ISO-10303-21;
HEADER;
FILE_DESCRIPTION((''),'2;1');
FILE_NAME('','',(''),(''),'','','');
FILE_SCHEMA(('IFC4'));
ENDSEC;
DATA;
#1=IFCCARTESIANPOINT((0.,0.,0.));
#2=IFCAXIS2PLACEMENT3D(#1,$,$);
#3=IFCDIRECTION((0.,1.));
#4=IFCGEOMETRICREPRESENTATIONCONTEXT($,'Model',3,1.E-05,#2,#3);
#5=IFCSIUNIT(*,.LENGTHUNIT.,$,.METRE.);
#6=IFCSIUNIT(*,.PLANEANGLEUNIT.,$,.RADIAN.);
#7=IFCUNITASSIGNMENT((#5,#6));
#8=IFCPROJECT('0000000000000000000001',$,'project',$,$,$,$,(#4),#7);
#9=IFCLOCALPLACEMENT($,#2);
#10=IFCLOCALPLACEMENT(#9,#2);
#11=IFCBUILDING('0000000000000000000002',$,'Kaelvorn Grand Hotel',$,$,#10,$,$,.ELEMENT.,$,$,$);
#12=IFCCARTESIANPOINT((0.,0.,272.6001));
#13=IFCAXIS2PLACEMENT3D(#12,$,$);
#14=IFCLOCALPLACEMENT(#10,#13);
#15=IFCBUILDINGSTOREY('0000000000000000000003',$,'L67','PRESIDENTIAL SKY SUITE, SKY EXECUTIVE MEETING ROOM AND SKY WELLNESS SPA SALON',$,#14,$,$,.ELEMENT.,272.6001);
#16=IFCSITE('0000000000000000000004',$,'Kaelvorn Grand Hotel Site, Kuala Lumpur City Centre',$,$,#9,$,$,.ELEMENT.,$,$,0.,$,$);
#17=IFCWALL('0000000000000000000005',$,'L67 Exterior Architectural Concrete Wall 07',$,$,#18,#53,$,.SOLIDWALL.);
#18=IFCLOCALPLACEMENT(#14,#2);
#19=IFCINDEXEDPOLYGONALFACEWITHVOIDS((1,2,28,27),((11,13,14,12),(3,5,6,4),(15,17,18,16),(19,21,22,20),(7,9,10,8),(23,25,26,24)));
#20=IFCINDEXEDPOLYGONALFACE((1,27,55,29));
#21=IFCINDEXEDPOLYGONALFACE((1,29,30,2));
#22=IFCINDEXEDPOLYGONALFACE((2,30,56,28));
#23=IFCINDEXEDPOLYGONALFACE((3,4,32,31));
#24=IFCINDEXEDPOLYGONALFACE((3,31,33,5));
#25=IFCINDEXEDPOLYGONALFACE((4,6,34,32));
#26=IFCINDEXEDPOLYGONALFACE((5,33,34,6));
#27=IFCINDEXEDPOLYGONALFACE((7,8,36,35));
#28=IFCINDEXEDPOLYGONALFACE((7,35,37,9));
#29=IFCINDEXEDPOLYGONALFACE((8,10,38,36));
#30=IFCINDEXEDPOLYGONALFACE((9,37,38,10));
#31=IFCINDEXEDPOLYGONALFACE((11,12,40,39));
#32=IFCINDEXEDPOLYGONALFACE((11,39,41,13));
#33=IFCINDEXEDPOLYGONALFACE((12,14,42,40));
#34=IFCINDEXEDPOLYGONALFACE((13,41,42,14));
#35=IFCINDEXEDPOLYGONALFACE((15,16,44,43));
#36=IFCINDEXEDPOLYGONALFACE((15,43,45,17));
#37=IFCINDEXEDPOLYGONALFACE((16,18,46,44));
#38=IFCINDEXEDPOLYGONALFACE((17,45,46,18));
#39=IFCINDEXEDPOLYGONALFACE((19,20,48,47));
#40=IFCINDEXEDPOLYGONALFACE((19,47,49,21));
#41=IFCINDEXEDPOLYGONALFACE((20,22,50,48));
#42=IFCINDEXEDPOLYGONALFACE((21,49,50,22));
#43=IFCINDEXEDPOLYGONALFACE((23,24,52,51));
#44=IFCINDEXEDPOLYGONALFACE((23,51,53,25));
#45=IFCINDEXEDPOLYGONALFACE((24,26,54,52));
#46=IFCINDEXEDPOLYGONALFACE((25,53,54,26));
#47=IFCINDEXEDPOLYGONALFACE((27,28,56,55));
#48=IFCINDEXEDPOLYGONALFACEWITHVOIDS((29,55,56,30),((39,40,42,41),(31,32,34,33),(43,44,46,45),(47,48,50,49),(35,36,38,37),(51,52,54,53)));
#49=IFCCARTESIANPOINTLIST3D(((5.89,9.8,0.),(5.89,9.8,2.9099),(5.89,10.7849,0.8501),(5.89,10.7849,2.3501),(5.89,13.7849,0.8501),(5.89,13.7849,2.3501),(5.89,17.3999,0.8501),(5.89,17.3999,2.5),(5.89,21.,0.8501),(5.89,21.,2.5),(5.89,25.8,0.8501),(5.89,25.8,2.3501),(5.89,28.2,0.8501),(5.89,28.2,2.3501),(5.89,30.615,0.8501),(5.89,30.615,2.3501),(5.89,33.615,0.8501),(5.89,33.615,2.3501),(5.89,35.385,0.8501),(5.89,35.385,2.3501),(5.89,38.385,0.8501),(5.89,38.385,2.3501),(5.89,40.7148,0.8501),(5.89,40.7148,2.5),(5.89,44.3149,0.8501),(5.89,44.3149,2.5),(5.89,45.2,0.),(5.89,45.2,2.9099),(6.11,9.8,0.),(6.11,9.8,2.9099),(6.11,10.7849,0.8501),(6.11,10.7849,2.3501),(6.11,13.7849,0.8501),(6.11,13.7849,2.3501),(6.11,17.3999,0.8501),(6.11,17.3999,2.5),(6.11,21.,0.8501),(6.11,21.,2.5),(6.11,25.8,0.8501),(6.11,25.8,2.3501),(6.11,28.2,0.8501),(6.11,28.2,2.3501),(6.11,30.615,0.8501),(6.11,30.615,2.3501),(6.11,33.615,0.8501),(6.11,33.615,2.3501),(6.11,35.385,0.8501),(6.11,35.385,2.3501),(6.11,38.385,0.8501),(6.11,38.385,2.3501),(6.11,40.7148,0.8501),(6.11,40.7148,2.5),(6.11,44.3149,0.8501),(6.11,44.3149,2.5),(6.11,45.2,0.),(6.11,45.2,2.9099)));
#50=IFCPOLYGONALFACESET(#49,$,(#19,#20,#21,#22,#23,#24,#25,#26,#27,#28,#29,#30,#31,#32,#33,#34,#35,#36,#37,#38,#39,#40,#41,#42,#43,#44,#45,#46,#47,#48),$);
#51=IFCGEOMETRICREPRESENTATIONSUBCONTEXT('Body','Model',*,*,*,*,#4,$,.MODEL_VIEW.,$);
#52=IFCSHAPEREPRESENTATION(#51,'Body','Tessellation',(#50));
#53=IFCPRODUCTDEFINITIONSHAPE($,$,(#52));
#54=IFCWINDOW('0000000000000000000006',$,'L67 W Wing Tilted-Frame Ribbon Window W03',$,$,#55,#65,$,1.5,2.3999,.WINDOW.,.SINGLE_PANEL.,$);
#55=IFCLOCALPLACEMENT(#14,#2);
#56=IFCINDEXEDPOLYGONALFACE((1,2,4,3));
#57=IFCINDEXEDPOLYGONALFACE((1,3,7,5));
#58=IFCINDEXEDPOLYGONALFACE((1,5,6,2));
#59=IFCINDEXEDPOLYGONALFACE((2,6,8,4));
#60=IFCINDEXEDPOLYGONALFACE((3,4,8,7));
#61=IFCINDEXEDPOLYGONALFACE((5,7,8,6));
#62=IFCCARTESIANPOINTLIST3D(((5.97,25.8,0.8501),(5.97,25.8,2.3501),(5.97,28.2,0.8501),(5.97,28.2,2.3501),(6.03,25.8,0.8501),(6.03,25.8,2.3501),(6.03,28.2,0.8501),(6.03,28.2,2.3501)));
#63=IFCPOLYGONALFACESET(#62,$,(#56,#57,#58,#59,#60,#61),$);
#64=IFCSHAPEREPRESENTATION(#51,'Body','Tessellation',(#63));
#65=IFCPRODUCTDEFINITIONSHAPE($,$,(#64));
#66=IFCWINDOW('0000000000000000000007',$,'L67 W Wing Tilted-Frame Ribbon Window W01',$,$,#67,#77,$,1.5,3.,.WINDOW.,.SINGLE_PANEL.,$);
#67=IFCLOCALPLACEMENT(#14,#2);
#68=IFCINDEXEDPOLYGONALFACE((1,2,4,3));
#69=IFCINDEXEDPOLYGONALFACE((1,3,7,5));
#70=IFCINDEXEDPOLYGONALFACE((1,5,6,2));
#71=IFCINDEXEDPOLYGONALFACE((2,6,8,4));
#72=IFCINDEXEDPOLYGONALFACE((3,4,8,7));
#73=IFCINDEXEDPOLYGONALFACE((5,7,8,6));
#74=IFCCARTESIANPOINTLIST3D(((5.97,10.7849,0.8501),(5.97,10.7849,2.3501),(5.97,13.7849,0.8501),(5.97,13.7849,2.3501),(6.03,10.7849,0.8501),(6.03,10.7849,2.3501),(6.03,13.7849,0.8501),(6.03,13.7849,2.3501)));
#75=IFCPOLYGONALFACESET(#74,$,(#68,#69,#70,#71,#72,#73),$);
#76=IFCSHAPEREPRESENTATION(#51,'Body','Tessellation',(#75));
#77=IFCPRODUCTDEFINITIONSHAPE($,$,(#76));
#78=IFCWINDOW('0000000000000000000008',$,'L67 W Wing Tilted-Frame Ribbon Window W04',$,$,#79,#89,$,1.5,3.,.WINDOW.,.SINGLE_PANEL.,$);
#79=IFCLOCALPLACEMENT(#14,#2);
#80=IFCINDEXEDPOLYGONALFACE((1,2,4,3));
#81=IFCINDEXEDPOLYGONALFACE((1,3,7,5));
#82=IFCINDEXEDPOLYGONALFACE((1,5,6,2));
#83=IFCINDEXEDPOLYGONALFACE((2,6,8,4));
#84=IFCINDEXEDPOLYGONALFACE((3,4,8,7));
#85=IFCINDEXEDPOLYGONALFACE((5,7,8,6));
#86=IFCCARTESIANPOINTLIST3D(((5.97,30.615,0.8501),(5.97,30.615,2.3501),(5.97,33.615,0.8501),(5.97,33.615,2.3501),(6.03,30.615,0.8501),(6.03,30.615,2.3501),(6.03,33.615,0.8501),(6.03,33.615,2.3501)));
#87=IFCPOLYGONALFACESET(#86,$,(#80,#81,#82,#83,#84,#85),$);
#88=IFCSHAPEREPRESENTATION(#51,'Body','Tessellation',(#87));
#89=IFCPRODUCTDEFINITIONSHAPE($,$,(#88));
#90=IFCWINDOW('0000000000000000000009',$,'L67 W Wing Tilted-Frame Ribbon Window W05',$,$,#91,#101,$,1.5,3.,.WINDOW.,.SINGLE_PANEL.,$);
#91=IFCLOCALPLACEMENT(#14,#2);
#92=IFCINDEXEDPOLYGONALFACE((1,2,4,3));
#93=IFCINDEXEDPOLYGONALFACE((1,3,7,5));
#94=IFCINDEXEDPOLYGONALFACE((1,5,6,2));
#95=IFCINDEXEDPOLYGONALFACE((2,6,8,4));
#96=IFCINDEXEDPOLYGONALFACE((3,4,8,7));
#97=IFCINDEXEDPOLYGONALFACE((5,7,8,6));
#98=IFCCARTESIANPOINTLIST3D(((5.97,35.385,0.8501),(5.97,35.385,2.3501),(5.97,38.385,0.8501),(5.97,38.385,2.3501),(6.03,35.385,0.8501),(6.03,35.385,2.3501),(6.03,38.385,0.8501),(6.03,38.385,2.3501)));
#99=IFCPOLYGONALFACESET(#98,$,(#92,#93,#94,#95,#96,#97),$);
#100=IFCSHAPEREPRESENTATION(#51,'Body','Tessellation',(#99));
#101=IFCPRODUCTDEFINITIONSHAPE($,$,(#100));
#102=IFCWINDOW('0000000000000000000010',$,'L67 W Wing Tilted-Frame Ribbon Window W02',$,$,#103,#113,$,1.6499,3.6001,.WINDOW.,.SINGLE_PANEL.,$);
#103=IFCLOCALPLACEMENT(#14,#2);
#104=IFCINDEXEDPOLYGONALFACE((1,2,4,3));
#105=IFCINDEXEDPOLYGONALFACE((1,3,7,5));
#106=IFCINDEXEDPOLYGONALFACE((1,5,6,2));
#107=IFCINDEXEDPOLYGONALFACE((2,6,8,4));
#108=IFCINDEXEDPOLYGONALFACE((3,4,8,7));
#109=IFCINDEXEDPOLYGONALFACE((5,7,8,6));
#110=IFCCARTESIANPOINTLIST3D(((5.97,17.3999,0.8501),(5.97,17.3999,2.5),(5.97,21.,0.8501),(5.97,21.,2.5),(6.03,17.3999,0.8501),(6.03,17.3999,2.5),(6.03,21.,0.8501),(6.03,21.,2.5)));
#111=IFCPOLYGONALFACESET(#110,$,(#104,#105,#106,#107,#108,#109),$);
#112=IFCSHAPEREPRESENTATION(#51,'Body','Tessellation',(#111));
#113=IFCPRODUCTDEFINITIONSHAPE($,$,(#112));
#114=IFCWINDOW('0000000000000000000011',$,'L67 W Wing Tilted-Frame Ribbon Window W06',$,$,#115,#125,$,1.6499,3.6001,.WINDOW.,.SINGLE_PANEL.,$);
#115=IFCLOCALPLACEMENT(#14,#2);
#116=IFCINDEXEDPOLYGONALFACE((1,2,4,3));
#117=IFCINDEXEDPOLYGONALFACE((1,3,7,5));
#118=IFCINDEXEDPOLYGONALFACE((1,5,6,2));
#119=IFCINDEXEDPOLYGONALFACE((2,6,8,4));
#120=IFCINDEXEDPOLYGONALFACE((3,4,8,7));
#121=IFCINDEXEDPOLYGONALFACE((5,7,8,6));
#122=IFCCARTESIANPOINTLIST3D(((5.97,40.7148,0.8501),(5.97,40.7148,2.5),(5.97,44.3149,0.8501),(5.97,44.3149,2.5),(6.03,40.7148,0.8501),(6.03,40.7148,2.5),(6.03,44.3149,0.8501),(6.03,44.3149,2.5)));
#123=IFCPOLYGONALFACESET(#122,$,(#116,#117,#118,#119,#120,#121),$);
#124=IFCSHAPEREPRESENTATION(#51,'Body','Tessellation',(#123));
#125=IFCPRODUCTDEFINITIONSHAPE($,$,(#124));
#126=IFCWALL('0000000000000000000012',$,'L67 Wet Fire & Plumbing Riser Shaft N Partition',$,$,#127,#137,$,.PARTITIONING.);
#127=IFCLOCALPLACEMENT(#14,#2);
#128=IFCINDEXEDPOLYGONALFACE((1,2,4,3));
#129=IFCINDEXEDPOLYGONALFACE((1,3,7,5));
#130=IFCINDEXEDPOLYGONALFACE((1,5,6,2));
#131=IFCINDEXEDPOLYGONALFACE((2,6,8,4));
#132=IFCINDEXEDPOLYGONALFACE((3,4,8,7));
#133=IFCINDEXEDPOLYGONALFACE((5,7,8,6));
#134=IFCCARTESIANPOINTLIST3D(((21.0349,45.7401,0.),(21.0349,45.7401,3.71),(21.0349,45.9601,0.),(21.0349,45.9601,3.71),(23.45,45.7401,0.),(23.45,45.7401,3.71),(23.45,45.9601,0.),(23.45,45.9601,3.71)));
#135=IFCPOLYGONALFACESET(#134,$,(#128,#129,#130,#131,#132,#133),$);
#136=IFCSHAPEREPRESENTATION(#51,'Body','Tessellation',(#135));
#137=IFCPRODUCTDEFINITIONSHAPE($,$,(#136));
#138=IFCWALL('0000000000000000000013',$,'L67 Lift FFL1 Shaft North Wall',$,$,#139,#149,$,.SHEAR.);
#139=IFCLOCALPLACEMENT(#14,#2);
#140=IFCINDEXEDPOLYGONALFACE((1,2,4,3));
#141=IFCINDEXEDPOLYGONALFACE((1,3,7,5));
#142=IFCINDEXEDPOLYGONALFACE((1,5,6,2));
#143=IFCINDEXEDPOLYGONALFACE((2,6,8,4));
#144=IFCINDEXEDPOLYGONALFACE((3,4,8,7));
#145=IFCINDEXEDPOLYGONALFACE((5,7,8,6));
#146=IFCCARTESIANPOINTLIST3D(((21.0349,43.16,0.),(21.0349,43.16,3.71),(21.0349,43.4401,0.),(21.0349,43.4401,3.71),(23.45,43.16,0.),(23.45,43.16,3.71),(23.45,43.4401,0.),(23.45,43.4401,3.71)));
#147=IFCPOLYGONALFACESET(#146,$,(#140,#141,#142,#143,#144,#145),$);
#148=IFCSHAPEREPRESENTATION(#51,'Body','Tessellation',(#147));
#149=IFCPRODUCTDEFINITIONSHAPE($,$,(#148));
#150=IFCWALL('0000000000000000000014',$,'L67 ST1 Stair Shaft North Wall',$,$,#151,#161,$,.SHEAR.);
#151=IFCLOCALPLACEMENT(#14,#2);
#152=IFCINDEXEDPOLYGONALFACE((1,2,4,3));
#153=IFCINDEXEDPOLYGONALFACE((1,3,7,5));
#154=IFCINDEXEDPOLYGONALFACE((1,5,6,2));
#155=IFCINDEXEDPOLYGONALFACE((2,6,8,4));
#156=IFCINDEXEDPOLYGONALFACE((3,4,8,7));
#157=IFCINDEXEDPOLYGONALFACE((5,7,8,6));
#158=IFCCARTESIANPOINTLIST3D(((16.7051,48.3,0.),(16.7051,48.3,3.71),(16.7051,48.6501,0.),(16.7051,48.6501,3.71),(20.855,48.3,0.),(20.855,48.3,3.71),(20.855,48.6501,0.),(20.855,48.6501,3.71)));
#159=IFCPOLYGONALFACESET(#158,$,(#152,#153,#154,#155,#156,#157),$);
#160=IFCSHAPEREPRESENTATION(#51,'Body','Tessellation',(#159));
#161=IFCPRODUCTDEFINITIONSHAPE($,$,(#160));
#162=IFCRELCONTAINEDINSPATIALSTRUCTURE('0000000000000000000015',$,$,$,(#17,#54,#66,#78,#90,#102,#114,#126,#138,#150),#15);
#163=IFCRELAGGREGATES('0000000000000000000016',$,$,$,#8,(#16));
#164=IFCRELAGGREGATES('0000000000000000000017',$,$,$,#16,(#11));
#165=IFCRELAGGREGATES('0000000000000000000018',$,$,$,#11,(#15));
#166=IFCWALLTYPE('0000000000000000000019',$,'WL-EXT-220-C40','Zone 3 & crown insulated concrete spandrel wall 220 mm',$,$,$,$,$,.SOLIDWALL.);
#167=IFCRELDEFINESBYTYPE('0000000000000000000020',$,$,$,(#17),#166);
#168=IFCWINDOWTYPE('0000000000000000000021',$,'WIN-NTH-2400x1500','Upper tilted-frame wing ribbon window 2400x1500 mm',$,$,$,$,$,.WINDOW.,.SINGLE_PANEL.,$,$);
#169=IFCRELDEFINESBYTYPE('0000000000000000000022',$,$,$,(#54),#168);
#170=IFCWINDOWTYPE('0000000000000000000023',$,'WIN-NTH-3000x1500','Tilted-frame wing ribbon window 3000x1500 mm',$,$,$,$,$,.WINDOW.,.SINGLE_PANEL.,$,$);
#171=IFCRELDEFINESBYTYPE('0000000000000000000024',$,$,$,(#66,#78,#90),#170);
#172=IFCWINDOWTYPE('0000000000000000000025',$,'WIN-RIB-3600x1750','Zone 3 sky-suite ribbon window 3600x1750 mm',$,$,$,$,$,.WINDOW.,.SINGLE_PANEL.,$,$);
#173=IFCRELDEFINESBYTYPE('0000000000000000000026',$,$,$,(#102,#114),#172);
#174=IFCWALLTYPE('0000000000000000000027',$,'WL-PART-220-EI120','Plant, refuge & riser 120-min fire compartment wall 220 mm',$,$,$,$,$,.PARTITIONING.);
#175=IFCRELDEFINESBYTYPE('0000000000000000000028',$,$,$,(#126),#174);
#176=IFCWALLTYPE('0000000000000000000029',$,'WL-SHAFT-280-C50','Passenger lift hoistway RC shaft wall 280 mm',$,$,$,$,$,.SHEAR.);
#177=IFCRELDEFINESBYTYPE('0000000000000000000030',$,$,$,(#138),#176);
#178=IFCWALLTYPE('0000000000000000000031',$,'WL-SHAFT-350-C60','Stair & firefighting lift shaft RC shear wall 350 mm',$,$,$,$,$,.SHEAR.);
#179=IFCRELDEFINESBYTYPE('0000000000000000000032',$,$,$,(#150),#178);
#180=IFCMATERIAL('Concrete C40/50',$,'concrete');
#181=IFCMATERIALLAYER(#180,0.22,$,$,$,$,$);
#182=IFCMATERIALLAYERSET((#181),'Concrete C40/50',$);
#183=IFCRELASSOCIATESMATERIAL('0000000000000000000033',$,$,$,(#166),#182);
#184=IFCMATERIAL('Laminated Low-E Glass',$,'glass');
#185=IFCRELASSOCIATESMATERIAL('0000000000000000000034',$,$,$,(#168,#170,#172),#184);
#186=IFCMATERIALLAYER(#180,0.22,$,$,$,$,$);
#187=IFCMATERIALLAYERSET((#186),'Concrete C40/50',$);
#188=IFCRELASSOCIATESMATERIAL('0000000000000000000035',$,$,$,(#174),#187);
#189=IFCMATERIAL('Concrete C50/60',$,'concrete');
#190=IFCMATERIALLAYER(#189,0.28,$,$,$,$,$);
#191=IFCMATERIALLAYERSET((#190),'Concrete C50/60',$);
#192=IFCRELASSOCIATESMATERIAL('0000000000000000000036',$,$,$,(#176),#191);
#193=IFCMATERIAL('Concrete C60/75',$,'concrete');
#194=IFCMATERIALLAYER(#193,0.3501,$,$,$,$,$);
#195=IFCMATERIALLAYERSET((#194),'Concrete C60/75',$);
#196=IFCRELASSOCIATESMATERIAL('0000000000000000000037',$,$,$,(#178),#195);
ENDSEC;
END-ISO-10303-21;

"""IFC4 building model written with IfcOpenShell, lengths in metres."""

from ifc_helpers import new_model, si_unit, direction, frame, frame_2d, origin, place, context, subcontext, project, spatial, rectangle, extrude, material, layer, layer_set, type_object, element, fill, save


model = new_model("IFC4")

# Units and contexts
model_context = context("Model", 3, precision=1e-05, world=origin(), true_north=direction((0.0, 1.0)))
body_context = subcontext(model_context, "Body", "Model", "MODEL_VIEW")
ifc_project = project(units=[si_unit("LENGTHUNIT", "METRE"), si_unit("PLANEANGLEUNIT", "RADIAN")], contexts=[model_context])

# Site, building, storey
site_placement = place(None, origin())
site = spatial("IfcSite", under=ifc_project, at=site_placement, Name="Kaelvorn Grand Hotel Site, Kuala Lumpur City Centre", CompositionType="ELEMENT", RefElevation=0.0)
building_placement = place(site_placement, origin())
building = spatial("IfcBuilding", under=site, at=building_placement, Name="Kaelvorn Grand Hotel", CompositionType="ELEMENT")
storey_placement = place(building_placement, frame((0.0, 0.0, 272.6001)))
storey = spatial("IfcBuildingStorey", under=building, at=storey_placement, Name="L67", Description="PRESIDENTIAL SKY SUITE, SKY EXECUTIVE MEETING ROOM AND SKY WELLNESS SPA SALON", CompositionType="ELEMENT", Elevation=272.6001)

# Shared definitions
ifc_material_1 = material(Name="Concrete C60/75", Category="concrete")
ifc_material_2 = material(Name="Concrete C50/60", Category="concrete")

# Shared definitions
ifc_material_3 = material(Name="Concrete C40/50", Category="concrete")
ifc_layer_1 = layer(ifc_material_3, 0.22)
ifc_layer_set_1 = layer_set([ifc_layer_1], Name="Concrete C40/50")
wall_type_1 = type_object("IfcWallType", Name="WL-EXT-220-C40", Description="Zone 3 & crown insulated concrete spandrel wall 220 mm", PredefinedType="SOLIDWALL", material=ifc_layer_set_1)
ifc_material_4 = material(Name="Laminated Low-E Glass", Category="glass")

# Wall, openings, windows
wall_1_placement = place(storey_placement, frame((6.0, 45.2, 0.0), z_axis=(0.0, 0.0, 1.0), x_axis=(0.0, -1.0, 0.0)))
wall_1 = element("IfcWall", 1, at=wall_1_placement, inside=storey, type_object=wall_type_1, Name="L67 Exterior Architectural Concrete Wall 07", PredefinedType="SOLIDWALL", context=body_context, shape_type="SweptSolid", body=[
    extrude(rectangle(XDim=35.3999, YDim=0.22, at=frame_2d((17.7, 0.0))), origin(), (0.0, 0.0, 1.0), 2.9099),
])
opening_1_placement = place(wall_1_placement, frame((31.415, 0.0, 0.8501)))
opening_1 = element("IfcOpeningElement", 2, at=opening_1_placement, cuts=wall_1, PredefinedType="OPENING", context=body_context, shape_type="SweptSolid", body=[
    extrude(rectangle(XDim=3.0, YDim=1.5, at=frame_2d((1.5, 0.75))), frame((0.0, 0.1201, 0.0), z_axis=(0.0, -1.0, 0.0), x_axis=(1.0, 0.0, 0.0)), (0.0, 0.0, 1.0), 0.24),
])
opening_2_placement = place(wall_1_placement, frame((24.2, 0.0, 0.8501)))
opening_2 = element("IfcOpeningElement", 3, at=opening_2_placement, cuts=wall_1, PredefinedType="OPENING", context=body_context, shape_type="SweptSolid", body=[
    extrude(rectangle(XDim=3.6001, YDim=1.6499, at=frame_2d((1.8, 0.825))), frame((0.0, 0.1201, 0.0), z_axis=(0.0, -1.0, 0.0), x_axis=(1.0, 0.0, 0.0)), (0.0, 0.0, 1.0), 0.24),
])
opening_3_placement = place(wall_1_placement, frame((17.0, 0.0, 0.8501)))
opening_3 = element("IfcOpeningElement", 4, at=opening_3_placement, cuts=wall_1, PredefinedType="OPENING", context=body_context, shape_type="SweptSolid", body=[
    extrude(rectangle(XDim=2.3999, YDim=1.5, at=frame_2d((1.2, 0.75))), frame((0.0, 0.1201, 0.0), z_axis=(0.0, -1.0, 0.0), x_axis=(1.0, 0.0, 0.0)), (0.0, 0.0, 1.0), 0.24),
])
opening_4_placement = place(wall_1_placement, frame((11.585, 0.0, 0.8501)))
opening_4 = element("IfcOpeningElement", 5, at=opening_4_placement, cuts=wall_1, PredefinedType="OPENING", context=body_context, shape_type="SweptSolid", body=[
    extrude(rectangle(XDim=3.0, YDim=1.5, at=frame_2d((1.5, 0.75))), frame((0.0, 0.1201, 0.0), z_axis=(0.0, -1.0, 0.0), x_axis=(1.0, 0.0, 0.0)), (0.0, 0.0, 1.0), 0.24),
])
opening_5_placement = place(wall_1_placement, frame((6.8149, 0.0, 0.8501)))
opening_5 = element("IfcOpeningElement", 6, at=opening_5_placement, cuts=wall_1, PredefinedType="OPENING", context=body_context, shape_type="SweptSolid", body=[
    extrude(rectangle(XDim=3.0, YDim=1.5, at=frame_2d((1.5, 0.75))), frame((0.0, 0.1201, 0.0), z_axis=(0.0, -1.0, 0.0), x_axis=(1.0, 0.0, 0.0)), (0.0, 0.0, 1.0), 0.24),
])
opening_6_placement = place(wall_1_placement, frame((0.885, 0.0, 0.8501)))
opening_6 = element("IfcOpeningElement", 7, at=opening_6_placement, cuts=wall_1, PredefinedType="OPENING", context=body_context, shape_type="SweptSolid", body=[
    extrude(rectangle(XDim=3.6001, YDim=1.6499, at=frame_2d((1.8, 0.825))), frame((0.0, 0.1201, 0.0), z_axis=(0.0, -1.0, 0.0), x_axis=(1.0, 0.0, 0.0)), (0.0, 0.0, 1.0), 0.24),
])
window_type_1 = type_object("IfcWindowType", Name="WIN-NTH-2400x1500", Description="Upper tilted-frame wing ribbon window 2400x1500 mm", PartitioningType="SINGLE_PANEL", PredefinedType="WINDOW", material=ifc_material_4)
window_1_placement = place(opening_3_placement, origin())
window_1 = element("IfcWindow", 8, at=window_1_placement, inside=storey, type_object=window_type_1, Name="L67 W Wing Tilted-Frame Ribbon Window W03", OverallHeight=1.5, OverallWidth=2.3999, PartitioningType="SINGLE_PANEL", PredefinedType="WINDOW", context=body_context, shape_type="SweptSolid", body=[
    extrude(rectangle(XDim=2.3999, YDim=1.5, at=frame_2d((1.2, 0.75))), frame((0.0, 0.03, 0.0), z_axis=(0.0, -1.0, 0.0), x_axis=(1.0, 0.0, 0.0)), (0.0, 0.0, 1.0), 0.0601),
])
fill(opening_3, window_1)
window_type_2 = type_object("IfcWindowType", Name="WIN-NTH-3000x1500", Description="Tilted-frame wing ribbon window 3000x1500 mm", PartitioningType="SINGLE_PANEL", PredefinedType="WINDOW", material=ifc_material_4)
window_2_placement = place(opening_1_placement, origin())
window_2 = element("IfcWindow", 9, at=window_2_placement, inside=storey, type_object=window_type_2, Name="L67 W Wing Tilted-Frame Ribbon Window W01", OverallHeight=1.5, OverallWidth=3.0, PartitioningType="SINGLE_PANEL", PredefinedType="WINDOW", context=body_context, shape_type="SweptSolid", body=[
    extrude(rectangle(XDim=3.0, YDim=1.5, at=frame_2d((1.5, 0.75))), frame((0.0, 0.03, 0.0), z_axis=(0.0, -1.0, 0.0), x_axis=(1.0, 0.0, 0.0)), (0.0, 0.0, 1.0), 0.0601),
])
fill(opening_1, window_2)
window_3_placement = place(opening_4_placement, origin())
window_3 = element("IfcWindow", 10, at=window_3_placement, inside=storey, type_object=window_type_2, Name="L67 W Wing Tilted-Frame Ribbon Window W04", OverallHeight=1.5, OverallWidth=3.0, PartitioningType="SINGLE_PANEL", PredefinedType="WINDOW", context=body_context, shape_type="SweptSolid", body=[
    extrude(rectangle(XDim=3.0, YDim=1.5, at=frame_2d((1.5, 0.75))), frame((0.0, 0.03, 0.0), z_axis=(0.0, -1.0, 0.0), x_axis=(1.0, 0.0, 0.0)), (0.0, 0.0, 1.0), 0.0601),
])
fill(opening_4, window_3)
window_4_placement = place(opening_5_placement, origin())
window_4 = element("IfcWindow", 11, at=window_4_placement, inside=storey, type_object=window_type_2, Name="L67 W Wing Tilted-Frame Ribbon Window W05", OverallHeight=1.5, OverallWidth=3.0, PartitioningType="SINGLE_PANEL", PredefinedType="WINDOW", context=body_context, shape_type="SweptSolid", body=[
    extrude(rectangle(XDim=3.0, YDim=1.5, at=frame_2d((1.5, 0.75))), frame((0.0, 0.03, 0.0), z_axis=(0.0, -1.0, 0.0), x_axis=(1.0, 0.0, 0.0)), (0.0, 0.0, 1.0), 0.0601),
])
fill(opening_5, window_4)
window_type_3 = type_object("IfcWindowType", Name="WIN-RIB-3600x1750", Description="Zone 3 sky-suite ribbon window 3600x1750 mm", PartitioningType="SINGLE_PANEL", PredefinedType="WINDOW", material=ifc_material_4)
window_5_placement = place(opening_2_placement, origin())
window_5 = element("IfcWindow", 12, at=window_5_placement, inside=storey, type_object=window_type_3, Name="L67 W Wing Tilted-Frame Ribbon Window W02", OverallHeight=1.6499, OverallWidth=3.6001, PartitioningType="SINGLE_PANEL", PredefinedType="WINDOW", context=body_context, shape_type="SweptSolid", body=[
    extrude(rectangle(XDim=3.6001, YDim=1.6499, at=frame_2d((1.8, 0.825))), frame((0.0, 0.03, 0.0), z_axis=(0.0, -1.0, 0.0), x_axis=(1.0, 0.0, 0.0)), (0.0, 0.0, 1.0), 0.0601),
])
fill(opening_2, window_5)
window_6_placement = place(opening_6_placement, origin())
window_6 = element("IfcWindow", 13, at=window_6_placement, inside=storey, type_object=window_type_3, Name="L67 W Wing Tilted-Frame Ribbon Window W06", OverallHeight=1.6499, OverallWidth=3.6001, PartitioningType="SINGLE_PANEL", PredefinedType="WINDOW", context=body_context, shape_type="SweptSolid", body=[
    extrude(rectangle(XDim=3.6001, YDim=1.6499, at=frame_2d((1.8, 0.825))), frame((0.0, 0.03, 0.0), z_axis=(0.0, -1.0, 0.0), x_axis=(1.0, 0.0, 0.0)), (0.0, 0.0, 1.0), 0.0601),
])
fill(opening_6, window_6)

# Walls
ifc_layer_2 = layer(ifc_material_3, 0.22)
ifc_layer_set_2 = layer_set([ifc_layer_2], Name="Concrete C40/50")
wall_type_2 = type_object("IfcWallType", Name="WL-PART-220-EI120", Description="Plant, refuge & riser 120-min fire compartment wall 220 mm", PredefinedType="PARTITIONING", material=ifc_layer_set_2)
wall_2_placement = place(storey_placement, frame((21.0349, 45.8501, 0.0), z_axis=(0.0, 0.0, 1.0), x_axis=(1.0, 0.0, 0.0)))
element("IfcWall", 14, at=wall_2_placement, inside=storey, type_object=wall_type_2, Name="L67 Wet Fire & Plumbing Riser Shaft N Partition", PredefinedType="PARTITIONING", context=body_context, shape_type="SweptSolid", body=[
    extrude(rectangle(XDim=2.415, YDim=0.22, at=frame_2d((1.2075, 0.0))), origin(), (0.0, 0.0, 1.0), 3.71),
])
ifc_layer_3 = layer(ifc_material_2, 0.28)
ifc_layer_set_3 = layer_set([ifc_layer_3], Name="Concrete C50/60")
wall_type_3 = type_object("IfcWallType", Name="WL-SHAFT-280-C50", Description="Passenger lift hoistway RC shaft wall 280 mm", PredefinedType="SHEAR", material=ifc_layer_set_3)
wall_3_placement = place(storey_placement, frame((21.0349, 43.3, 0.0), z_axis=(0.0, 0.0, 1.0), x_axis=(1.0, 0.0, 0.0)))
element("IfcWall", 15, at=wall_3_placement, inside=storey, type_object=wall_type_3, Name="L67 Lift FFL1 Shaft North Wall", PredefinedType="SHEAR", context=body_context, shape_type="SweptSolid", body=[
    extrude(rectangle(XDim=2.415, YDim=0.28, at=frame_2d((1.2075, 0.0))), origin(), (0.0, 0.0, 1.0), 3.71),
])
ifc_layer_4 = layer(ifc_material_1, 0.3501)
ifc_layer_set_4 = layer_set([ifc_layer_4], Name="Concrete C60/75")
wall_type_4 = type_object("IfcWallType", Name="WL-SHAFT-350-C60", Description="Stair & firefighting lift shaft RC shear wall 350 mm", PredefinedType="SHEAR", material=ifc_layer_set_4)
wall_4_placement = place(storey_placement, frame((16.7051, 48.4751, 0.0), z_axis=(0.0, 0.0, 1.0), x_axis=(1.0, 0.0, 0.0)))
element("IfcWall", 16, at=wall_4_placement, inside=storey, type_object=wall_type_4, Name="L67 ST1 Stair Shaft North Wall", PredefinedType="SHEAR", context=body_context, shape_type="SweptSolid", body=[
    extrude(rectangle(XDim=4.1499, YDim=0.3501, at=frame_2d((2.075, 0.0))), origin(), (0.0, 0.0, 1.0), 3.71),
])

save(model, "model.ifc")
